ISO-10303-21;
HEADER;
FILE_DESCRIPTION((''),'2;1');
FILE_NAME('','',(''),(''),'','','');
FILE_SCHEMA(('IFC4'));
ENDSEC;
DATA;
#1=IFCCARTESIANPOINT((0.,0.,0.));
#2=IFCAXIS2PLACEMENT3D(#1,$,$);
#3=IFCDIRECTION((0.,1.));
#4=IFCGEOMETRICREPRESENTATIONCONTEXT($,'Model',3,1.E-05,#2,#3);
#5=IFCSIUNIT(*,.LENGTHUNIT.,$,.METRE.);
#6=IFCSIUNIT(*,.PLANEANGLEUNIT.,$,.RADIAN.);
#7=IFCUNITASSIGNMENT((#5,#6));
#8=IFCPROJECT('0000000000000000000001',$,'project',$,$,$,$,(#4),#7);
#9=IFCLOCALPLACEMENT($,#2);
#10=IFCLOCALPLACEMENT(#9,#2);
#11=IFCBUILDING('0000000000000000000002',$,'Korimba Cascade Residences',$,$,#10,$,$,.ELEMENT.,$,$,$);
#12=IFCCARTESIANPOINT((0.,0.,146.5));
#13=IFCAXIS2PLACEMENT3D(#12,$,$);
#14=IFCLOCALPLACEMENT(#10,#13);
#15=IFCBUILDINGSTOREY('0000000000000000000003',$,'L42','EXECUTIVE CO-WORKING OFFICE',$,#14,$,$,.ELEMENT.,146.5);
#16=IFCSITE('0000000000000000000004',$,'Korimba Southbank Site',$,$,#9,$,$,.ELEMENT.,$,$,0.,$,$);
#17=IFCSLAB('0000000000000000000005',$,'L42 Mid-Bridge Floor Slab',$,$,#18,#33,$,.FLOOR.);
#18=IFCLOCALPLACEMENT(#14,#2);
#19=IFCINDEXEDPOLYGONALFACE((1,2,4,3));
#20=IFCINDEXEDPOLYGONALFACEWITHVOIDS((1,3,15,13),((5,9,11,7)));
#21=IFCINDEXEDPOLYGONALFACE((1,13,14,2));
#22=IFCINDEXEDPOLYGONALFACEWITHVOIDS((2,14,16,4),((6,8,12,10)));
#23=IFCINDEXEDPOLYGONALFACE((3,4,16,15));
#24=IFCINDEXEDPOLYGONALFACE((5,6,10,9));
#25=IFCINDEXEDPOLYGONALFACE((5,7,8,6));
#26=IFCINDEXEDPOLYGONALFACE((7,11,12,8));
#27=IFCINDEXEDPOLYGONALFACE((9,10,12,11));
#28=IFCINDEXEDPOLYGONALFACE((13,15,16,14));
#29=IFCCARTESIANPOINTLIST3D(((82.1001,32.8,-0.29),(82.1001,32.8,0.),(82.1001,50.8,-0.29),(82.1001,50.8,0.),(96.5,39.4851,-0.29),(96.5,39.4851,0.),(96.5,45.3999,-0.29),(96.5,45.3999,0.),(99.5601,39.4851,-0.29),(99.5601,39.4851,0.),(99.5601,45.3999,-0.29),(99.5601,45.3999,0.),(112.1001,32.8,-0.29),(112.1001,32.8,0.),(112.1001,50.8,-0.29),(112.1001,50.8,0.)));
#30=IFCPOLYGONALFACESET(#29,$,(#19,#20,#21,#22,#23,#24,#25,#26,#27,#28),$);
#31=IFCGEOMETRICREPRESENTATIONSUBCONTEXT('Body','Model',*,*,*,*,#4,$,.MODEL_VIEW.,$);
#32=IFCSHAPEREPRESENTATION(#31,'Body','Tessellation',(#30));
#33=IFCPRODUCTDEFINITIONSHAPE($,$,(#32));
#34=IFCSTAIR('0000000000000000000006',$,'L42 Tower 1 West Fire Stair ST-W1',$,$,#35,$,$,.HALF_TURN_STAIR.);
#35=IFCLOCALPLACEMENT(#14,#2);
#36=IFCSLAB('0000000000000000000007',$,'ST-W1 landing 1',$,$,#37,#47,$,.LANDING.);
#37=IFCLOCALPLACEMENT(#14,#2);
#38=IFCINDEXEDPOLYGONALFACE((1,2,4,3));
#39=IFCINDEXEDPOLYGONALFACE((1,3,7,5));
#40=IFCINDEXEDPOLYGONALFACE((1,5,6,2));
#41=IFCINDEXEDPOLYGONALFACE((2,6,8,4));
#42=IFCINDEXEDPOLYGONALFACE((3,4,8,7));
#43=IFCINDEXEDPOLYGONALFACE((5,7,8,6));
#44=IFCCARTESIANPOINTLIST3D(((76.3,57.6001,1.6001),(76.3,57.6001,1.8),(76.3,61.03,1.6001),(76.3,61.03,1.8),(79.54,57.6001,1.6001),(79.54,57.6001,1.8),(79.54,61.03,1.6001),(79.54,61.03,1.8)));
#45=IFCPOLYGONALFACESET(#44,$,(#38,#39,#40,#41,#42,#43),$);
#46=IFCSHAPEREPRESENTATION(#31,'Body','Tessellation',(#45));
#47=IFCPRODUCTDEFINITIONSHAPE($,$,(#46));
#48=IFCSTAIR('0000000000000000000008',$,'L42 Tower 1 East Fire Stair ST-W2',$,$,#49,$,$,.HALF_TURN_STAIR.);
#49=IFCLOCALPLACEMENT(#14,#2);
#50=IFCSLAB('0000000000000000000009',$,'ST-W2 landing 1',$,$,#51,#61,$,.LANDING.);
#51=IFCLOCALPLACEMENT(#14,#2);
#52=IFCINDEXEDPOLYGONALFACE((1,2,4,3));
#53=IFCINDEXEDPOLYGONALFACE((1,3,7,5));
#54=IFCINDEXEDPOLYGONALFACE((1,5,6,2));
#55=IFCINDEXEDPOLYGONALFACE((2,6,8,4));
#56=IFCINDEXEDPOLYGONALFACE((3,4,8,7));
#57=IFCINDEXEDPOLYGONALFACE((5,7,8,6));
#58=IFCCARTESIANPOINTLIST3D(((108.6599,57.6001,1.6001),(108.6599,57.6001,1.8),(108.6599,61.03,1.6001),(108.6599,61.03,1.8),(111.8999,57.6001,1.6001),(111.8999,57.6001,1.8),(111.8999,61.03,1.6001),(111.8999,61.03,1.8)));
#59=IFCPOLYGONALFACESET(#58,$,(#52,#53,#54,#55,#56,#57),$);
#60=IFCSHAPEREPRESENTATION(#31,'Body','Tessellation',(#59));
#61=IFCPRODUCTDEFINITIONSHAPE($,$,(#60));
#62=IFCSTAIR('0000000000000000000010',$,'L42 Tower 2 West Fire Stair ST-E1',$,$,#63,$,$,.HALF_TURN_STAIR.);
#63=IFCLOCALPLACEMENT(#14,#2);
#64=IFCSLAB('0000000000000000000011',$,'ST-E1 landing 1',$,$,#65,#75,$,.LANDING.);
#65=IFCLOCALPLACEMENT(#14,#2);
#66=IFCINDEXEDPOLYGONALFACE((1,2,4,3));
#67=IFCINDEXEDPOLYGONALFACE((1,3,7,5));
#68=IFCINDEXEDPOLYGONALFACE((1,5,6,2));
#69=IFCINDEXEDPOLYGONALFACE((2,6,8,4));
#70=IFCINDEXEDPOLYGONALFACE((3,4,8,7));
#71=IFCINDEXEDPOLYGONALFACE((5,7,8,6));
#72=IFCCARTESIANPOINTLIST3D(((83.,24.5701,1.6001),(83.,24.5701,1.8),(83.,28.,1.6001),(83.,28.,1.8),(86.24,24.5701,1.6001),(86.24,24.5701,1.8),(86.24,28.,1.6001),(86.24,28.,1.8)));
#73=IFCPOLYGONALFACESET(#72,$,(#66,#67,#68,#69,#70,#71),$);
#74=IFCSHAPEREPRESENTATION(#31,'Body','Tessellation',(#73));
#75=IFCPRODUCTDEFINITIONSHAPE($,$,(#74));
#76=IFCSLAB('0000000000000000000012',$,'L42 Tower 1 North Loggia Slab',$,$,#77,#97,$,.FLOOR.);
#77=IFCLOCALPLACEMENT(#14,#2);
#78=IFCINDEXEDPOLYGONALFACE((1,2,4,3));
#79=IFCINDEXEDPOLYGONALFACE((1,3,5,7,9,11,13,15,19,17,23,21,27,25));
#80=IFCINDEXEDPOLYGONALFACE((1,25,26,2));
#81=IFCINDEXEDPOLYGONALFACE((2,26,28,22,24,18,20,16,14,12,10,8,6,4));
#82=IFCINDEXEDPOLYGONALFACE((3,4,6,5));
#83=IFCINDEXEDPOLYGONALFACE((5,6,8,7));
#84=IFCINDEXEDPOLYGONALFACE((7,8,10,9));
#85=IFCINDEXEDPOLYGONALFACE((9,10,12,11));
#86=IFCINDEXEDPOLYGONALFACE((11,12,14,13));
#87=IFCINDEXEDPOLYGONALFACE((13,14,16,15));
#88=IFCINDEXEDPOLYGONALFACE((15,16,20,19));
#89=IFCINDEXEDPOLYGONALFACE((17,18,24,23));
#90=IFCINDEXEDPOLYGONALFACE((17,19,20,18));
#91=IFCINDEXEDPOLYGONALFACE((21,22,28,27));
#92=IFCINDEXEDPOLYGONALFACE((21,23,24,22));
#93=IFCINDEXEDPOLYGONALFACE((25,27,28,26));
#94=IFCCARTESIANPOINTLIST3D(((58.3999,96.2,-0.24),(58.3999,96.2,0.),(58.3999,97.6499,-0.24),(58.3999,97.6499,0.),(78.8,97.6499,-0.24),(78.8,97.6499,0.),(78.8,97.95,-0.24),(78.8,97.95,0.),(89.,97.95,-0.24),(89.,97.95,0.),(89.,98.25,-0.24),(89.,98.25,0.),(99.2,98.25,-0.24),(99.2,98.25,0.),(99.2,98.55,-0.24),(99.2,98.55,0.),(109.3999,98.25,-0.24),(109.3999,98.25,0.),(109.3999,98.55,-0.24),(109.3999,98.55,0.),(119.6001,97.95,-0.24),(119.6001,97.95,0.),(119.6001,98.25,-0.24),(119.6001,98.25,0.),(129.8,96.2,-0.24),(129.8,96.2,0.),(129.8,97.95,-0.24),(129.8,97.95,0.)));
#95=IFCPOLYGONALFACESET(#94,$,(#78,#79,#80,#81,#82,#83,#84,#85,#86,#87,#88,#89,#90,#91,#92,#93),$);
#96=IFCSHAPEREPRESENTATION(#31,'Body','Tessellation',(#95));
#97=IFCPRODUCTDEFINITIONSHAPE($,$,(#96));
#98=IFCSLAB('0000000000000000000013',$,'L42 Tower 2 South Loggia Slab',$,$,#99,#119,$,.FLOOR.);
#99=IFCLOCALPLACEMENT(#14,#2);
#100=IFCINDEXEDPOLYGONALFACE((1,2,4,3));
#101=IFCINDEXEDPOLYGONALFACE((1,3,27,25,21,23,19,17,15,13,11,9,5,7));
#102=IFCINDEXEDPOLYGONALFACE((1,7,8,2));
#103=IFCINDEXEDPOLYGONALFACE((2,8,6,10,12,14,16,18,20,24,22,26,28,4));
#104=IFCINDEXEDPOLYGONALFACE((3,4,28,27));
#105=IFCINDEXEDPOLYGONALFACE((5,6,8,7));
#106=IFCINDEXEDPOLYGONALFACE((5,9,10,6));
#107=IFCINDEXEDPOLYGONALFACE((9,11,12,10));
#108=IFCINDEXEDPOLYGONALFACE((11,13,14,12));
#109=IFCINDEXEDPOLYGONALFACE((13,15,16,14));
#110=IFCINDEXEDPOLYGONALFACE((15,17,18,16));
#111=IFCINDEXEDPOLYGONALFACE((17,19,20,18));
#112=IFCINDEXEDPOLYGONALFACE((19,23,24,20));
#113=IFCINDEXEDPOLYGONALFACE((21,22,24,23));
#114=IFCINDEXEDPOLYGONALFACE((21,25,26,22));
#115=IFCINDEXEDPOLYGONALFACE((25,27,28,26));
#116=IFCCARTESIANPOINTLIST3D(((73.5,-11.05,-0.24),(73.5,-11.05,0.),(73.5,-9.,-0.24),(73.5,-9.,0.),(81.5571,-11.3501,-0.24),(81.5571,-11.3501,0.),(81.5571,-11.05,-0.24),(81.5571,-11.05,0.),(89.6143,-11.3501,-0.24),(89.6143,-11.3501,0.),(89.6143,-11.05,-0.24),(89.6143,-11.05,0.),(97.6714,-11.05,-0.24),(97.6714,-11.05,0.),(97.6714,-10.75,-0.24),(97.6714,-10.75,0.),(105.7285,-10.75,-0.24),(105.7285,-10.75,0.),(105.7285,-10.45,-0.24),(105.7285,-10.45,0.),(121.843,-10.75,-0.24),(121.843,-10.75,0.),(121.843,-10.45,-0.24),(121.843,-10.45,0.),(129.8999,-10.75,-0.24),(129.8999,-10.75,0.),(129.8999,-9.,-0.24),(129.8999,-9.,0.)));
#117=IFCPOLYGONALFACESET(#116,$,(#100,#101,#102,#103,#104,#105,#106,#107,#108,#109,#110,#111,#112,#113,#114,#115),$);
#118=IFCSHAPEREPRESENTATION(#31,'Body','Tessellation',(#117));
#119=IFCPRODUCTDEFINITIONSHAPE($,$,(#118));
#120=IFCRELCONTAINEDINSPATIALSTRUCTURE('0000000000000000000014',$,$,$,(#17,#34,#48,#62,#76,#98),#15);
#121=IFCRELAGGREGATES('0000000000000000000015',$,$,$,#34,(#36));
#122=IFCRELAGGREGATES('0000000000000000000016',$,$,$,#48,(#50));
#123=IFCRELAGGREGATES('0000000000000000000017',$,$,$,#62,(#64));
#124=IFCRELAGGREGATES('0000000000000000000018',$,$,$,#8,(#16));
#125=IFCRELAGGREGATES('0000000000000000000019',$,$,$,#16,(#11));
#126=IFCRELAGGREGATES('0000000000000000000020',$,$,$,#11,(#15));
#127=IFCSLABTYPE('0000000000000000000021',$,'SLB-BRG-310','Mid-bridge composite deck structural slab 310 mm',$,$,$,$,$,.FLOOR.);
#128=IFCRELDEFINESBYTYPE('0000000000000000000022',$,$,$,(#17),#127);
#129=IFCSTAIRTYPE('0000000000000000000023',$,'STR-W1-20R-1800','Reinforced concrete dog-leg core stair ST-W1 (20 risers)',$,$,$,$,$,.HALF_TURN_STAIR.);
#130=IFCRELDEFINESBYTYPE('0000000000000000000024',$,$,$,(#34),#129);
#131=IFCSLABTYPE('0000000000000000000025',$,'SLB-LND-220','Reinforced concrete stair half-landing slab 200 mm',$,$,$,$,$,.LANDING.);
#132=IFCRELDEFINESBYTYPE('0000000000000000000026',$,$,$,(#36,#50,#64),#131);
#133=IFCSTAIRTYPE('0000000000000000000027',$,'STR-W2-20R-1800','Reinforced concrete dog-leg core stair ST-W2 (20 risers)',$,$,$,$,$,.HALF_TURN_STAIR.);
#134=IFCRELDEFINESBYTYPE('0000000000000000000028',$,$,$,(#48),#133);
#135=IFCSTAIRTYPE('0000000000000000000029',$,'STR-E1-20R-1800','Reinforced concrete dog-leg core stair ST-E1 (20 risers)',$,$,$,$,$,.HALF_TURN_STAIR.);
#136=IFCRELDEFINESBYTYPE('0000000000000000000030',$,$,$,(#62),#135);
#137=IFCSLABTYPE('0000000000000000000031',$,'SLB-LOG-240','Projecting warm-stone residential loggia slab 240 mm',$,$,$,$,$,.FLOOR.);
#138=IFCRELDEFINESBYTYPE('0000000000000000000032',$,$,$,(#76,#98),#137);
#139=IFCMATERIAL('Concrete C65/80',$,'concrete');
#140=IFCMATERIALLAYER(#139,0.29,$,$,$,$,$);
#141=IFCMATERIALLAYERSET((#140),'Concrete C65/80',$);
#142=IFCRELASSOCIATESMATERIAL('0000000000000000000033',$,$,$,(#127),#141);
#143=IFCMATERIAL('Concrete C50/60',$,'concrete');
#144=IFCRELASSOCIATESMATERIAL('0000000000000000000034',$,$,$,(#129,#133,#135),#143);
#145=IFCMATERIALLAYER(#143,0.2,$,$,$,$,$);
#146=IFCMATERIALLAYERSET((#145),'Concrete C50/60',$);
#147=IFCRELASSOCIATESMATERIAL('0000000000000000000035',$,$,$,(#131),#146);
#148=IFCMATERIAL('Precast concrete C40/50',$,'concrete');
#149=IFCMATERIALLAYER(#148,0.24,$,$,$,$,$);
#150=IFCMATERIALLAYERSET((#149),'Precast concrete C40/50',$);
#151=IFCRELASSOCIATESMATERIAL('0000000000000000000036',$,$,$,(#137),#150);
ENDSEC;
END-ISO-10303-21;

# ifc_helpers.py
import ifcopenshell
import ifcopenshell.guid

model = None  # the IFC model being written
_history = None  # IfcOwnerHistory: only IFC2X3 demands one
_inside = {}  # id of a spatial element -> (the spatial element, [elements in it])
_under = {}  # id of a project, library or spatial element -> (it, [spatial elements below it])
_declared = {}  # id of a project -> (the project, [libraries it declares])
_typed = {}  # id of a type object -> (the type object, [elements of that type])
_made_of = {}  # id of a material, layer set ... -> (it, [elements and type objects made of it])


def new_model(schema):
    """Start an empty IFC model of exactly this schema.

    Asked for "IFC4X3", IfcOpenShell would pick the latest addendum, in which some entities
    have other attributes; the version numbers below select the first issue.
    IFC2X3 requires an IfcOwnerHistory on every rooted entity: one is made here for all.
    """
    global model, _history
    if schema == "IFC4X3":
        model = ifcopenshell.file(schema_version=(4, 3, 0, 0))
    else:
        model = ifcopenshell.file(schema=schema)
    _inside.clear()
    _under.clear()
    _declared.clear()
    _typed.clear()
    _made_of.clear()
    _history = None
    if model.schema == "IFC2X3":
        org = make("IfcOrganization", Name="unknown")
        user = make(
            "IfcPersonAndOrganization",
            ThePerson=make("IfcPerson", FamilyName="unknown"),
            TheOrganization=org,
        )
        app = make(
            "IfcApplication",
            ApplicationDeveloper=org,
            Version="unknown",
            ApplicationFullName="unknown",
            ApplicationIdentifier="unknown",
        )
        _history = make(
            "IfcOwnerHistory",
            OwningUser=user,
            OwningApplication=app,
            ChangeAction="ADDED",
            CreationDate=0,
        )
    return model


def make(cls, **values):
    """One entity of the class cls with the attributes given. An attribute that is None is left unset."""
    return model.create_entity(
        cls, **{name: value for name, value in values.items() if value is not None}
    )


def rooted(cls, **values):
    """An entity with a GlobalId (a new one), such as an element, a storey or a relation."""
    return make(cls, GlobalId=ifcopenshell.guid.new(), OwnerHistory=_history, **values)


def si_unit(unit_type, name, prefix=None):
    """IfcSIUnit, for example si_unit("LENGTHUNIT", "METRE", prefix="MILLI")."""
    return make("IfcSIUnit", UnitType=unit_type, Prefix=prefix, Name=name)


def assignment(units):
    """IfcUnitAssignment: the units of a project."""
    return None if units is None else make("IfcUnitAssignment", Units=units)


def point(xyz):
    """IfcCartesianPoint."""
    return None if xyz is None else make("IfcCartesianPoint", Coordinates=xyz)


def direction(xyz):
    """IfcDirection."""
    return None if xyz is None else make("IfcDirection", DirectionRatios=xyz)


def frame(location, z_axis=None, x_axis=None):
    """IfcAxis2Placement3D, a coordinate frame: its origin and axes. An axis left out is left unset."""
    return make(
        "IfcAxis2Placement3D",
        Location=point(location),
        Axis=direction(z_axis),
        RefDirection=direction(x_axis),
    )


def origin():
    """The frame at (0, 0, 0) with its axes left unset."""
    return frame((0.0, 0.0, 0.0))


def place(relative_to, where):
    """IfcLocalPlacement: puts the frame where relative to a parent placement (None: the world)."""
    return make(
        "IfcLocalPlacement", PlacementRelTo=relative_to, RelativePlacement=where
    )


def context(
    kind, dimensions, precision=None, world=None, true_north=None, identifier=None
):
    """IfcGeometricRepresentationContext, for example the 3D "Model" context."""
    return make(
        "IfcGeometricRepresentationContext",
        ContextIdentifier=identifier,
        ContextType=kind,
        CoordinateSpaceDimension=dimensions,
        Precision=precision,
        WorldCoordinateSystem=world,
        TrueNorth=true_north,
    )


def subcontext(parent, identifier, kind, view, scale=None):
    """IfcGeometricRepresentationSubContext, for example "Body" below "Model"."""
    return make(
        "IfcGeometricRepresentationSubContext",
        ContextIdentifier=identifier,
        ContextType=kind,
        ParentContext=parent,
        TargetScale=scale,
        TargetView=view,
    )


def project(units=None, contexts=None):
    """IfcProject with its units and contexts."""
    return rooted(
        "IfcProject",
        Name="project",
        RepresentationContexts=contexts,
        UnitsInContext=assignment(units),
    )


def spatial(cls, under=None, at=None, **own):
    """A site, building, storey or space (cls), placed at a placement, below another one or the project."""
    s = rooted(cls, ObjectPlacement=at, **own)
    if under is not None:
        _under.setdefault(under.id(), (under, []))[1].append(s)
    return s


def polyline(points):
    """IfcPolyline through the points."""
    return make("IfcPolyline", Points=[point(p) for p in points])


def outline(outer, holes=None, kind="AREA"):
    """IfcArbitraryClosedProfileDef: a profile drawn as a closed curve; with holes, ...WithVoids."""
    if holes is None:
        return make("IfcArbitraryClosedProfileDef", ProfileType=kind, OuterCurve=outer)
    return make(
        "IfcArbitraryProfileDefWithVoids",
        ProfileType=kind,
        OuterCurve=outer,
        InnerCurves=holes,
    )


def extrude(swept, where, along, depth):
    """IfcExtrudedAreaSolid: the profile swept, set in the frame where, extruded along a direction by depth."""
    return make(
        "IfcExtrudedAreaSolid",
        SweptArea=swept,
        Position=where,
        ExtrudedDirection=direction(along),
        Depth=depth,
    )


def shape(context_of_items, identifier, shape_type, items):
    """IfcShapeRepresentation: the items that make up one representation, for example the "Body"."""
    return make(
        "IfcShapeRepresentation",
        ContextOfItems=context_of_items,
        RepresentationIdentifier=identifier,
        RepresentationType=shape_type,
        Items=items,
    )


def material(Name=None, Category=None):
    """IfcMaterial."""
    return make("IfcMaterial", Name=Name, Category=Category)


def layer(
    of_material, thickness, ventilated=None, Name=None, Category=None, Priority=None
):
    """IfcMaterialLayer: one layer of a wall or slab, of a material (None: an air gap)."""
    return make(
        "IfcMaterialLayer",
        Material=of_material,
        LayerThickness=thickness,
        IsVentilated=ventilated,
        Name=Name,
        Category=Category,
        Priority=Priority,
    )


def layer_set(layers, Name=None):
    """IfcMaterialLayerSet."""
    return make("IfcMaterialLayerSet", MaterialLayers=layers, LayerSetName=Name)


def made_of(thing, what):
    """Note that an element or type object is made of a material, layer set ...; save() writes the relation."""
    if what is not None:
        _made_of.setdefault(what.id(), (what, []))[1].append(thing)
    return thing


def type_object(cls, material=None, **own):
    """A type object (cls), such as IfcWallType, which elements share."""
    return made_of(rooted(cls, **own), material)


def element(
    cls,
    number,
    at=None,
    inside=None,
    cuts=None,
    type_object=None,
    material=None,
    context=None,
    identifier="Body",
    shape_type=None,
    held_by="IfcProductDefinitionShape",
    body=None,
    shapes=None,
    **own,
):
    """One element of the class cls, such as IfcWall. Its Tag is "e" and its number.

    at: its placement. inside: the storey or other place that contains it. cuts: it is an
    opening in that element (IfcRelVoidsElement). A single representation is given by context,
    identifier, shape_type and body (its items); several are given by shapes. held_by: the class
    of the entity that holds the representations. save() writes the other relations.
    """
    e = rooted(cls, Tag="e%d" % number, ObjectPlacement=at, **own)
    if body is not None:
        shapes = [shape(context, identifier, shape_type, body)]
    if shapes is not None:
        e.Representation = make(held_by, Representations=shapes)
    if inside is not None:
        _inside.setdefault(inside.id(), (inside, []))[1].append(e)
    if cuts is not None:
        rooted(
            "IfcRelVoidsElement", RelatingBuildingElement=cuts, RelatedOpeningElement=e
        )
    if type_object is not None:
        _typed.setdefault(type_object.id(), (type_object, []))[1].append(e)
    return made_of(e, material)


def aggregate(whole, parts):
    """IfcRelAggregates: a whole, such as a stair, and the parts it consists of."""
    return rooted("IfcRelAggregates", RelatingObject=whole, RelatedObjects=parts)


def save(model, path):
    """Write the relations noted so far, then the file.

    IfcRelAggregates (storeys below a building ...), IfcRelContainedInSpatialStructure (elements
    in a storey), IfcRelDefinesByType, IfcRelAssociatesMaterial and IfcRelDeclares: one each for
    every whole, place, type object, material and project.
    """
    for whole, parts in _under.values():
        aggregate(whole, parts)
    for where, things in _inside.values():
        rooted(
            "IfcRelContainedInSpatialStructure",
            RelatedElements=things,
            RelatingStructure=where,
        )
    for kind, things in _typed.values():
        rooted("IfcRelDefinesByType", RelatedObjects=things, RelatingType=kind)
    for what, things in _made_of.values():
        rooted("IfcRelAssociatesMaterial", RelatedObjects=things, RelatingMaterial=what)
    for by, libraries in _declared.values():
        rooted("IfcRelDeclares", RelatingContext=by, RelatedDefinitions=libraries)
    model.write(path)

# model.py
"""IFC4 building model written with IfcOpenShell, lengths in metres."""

from ifc_helpers import new_model, si_unit, direction, frame, origin, place, context, subcontext, project, spatial, polyline, outline, extrude, material, layer, layer_set, type_object, element, aggregate, save


model = new_model("IFC4")

# Units and contexts
model_context = context("Model", 3, precision=1e-05, world=origin(), true_north=direction((0.0, 1.0)))
body_context = subcontext(model_context, "Body", "Model", "MODEL_VIEW")
ifc_project = project(units=[si_unit("LENGTHUNIT", "METRE"), si_unit("PLANEANGLEUNIT", "RADIAN")], contexts=[model_context])

# Site, building, storey
site_placement = place(None, origin())
site = spatial("IfcSite", under=ifc_project, at=site_placement, Name="Korimba Southbank Site", CompositionType="ELEMENT", RefElevation=0.0)
building_placement = place(site_placement, origin())
building = spatial("IfcBuilding", under=site, at=building_placement, Name="Korimba Cascade Residences", CompositionType="ELEMENT")
storey_placement = place(building_placement, frame((0.0, 0.0, 146.5)))
storey = spatial("IfcBuildingStorey", under=building, at=storey_placement, Name="L42", Description="EXECUTIVE CO-WORKING OFFICE", CompositionType="ELEMENT", Elevation=146.5)

# Slab
ifc_material_1 = material(Name="Concrete C65/80", Category="concrete")
ifc_layer_1 = layer(ifc_material_1, 0.29)
ifc_layer_set_1 = layer_set([ifc_layer_1], Name="Concrete C65/80")
slab_type_1 = type_object("IfcSlabType", Name="SLB-BRG-310", Description="Mid-bridge composite deck structural slab 310 mm", PredefinedType="FLOOR", material=ifc_layer_set_1)
slab_1_placement = place(storey_placement, frame((0.0, 0.0, -0.29)))
element("IfcSlab", 1, at=slab_1_placement, inside=storey, type_object=slab_type_1, Name="L42 Mid-Bridge Floor Slab", PredefinedType="FLOOR", context=body_context, shape_type="SweptSolid", body=[
    extrude(outline(polyline([(82.1001, 32.8), (112.1001, 32.8), (112.1001, 50.8), (82.1001, 50.8), (82.1001, 32.8)]), holes=[polyline([(99.5601, 39.4851), (99.5601, 45.3999), (96.5, 45.3999), (96.5, 39.4851), (99.5601, 39.4851)])]), origin(), (0.0, 0.0, 1.0), 0.29),
])

# Stairs, slabs
ifc_material_2 = material(Name="Concrete C50/60", Category="concrete")
stair_type_1 = type_object("IfcStairType", Name="STR-W1-20R-1800", Description="Reinforced concrete dog-leg core stair ST-W1 (20 risers)", PredefinedType="HALF_TURN_STAIR", material=ifc_material_2)
stair_1_placement = place(storey_placement, origin())
stair_1 = element("IfcStair", 2, at=stair_1_placement, inside=storey, type_object=stair_type_1, Name="L42 Tower 1 West Fire Stair ST-W1", PredefinedType="HALF_TURN_STAIR")
ifc_layer_2 = layer(ifc_material_2, 0.2)
ifc_layer_set_2 = layer_set([ifc_layer_2], Name="Concrete C50/60")
slab_type_2 = type_object("IfcSlabType", Name="SLB-LND-220", Description="Reinforced concrete stair half-landing slab 200 mm", PredefinedType="LANDING", material=ifc_layer_set_2)
slab_2_placement = place(storey_placement, frame((0.0, 0.0, 1.6001)))
slab_2 = element("IfcSlab", 3, at=slab_2_placement, type_object=slab_type_2, Name="ST-W1 landing 1", PredefinedType="LANDING", context=body_context, shape_type="SweptSolid", body=[
    extrude(outline(polyline([(76.3, 61.03), (76.3, 57.6001), (79.54, 57.6001), (79.54, 61.03), (76.3, 61.03)])), origin(), (0.0, 0.0, 1.0), 0.2),
])
aggregate(stair_1, [slab_2])
stair_type_2 = type_object("IfcStairType", Name="STR-W2-20R-1800", Description="Reinforced concrete dog-leg core stair ST-W2 (20 risers)", PredefinedType="HALF_TURN_STAIR", material=ifc_material_2)
stair_2_placement = place(storey_placement, origin())
stair_2 = element("IfcStair", 4, at=stair_2_placement, inside=storey, type_object=stair_type_2, Name="L42 Tower 1 East Fire Stair ST-W2", PredefinedType="HALF_TURN_STAIR")
slab_3_placement = place(storey_placement, frame((0.0, 0.0, 1.6001)))
slab_3 = element("IfcSlab", 5, at=slab_3_placement, type_object=slab_type_2, Name="ST-W2 landing 1", PredefinedType="LANDING", context=body_context, shape_type="SweptSolid", body=[
    extrude(outline(polyline([(108.6599, 61.03), (108.6599, 57.6001), (111.8999, 57.6001), (111.8999, 61.03), (108.6599, 61.03)])), origin(), (0.0, 0.0, 1.0), 0.2),
])
aggregate(stair_2, [slab_3])
stair_type_3 = type_object("IfcStairType", Name="STR-E1-20R-1800", Description="Reinforced concrete dog-leg core stair ST-E1 (20 risers)", PredefinedType="HALF_TURN_STAIR", material=ifc_material_2)
stair_3_placement = place(storey_placement, origin())
stair_3 = element("IfcStair", 6, at=stair_3_placement, inside=storey, type_object=stair_type_3, Name="L42 Tower 2 West Fire Stair ST-E1", PredefinedType="HALF_TURN_STAIR")
slab_4_placement = place(storey_placement, frame((0.0, 0.0, 1.6001)))
slab_4 = element("IfcSlab", 7, at=slab_4_placement, type_object=slab_type_2, Name="ST-E1 landing 1", PredefinedType="LANDING", context=body_context, shape_type="SweptSolid", body=[
    extrude(outline(polyline([(86.24, 24.5701), (86.24, 28.0), (83.0, 28.0), (83.0, 24.5701), (86.24, 24.5701)])), origin(), (0.0, 0.0, 1.0), 0.2),
])
aggregate(stair_3, [slab_4])

# Slabs
ifc_material_3 = material(Name="Precast concrete C40/50", Category="concrete")
ifc_layer_3 = layer(ifc_material_3, 0.24)
ifc_layer_set_3 = layer_set([ifc_layer_3], Name="Precast concrete C40/50")
slab_type_3 = type_object("IfcSlabType", Name="SLB-LOG-240", Description="Projecting warm-stone residential loggia slab 240 mm", PredefinedType="FLOOR", material=ifc_layer_set_3)
slab_5_placement = place(storey_placement, frame((0.0, 0.0, -0.24)))
element("IfcSlab", 8, at=slab_5_placement, inside=storey, type_object=slab_type_3, Name="L42 Tower 1 North Loggia Slab", PredefinedType="FLOOR", context=body_context, shape_type="SweptSolid", body=[
    extrude(outline(polyline([(58.3999, 96.2), (129.8, 96.2), (129.8, 97.95), (119.6001, 97.95), (119.6001, 98.25), (109.3999, 98.25), (109.3999, 98.55), (99.2, 98.55), (99.2, 98.25), (89.0, 98.25), (89.0, 97.95), (78.8, 97.95), (78.8, 97.6499), (58.3999, 97.6499), (58.3999, 96.2)])), origin(), (0.0, 0.0, 1.0), 0.24),
])
slab_6_placement = place(storey_placement, frame((0.0, 0.0, -0.24)))
element("IfcSlab", 9, at=slab_6_placement, inside=storey, type_object=slab_type_3, Name="L42 Tower 2 South Loggia Slab", PredefinedType="FLOOR", context=body_context, shape_type="SweptSolid", body=[
    extrude(outline(polyline([(73.5, -11.05), (81.5571, -11.05), (81.5571, -11.3501), (89.6143, -11.3501), (89.6143, -11.05), (97.6714, -11.05), (97.6714, -10.75), (105.7285, -10.75), (105.7285, -10.45), (121.843, -10.45), (121.843, -10.75), (129.8999, -10.75), (129.8999, -9.0), (73.5, -9.0), (73.5, -11.05)])), origin(), (0.0, 0.0, 1.0), 0.24),
])

save(model, "model.ifc")
